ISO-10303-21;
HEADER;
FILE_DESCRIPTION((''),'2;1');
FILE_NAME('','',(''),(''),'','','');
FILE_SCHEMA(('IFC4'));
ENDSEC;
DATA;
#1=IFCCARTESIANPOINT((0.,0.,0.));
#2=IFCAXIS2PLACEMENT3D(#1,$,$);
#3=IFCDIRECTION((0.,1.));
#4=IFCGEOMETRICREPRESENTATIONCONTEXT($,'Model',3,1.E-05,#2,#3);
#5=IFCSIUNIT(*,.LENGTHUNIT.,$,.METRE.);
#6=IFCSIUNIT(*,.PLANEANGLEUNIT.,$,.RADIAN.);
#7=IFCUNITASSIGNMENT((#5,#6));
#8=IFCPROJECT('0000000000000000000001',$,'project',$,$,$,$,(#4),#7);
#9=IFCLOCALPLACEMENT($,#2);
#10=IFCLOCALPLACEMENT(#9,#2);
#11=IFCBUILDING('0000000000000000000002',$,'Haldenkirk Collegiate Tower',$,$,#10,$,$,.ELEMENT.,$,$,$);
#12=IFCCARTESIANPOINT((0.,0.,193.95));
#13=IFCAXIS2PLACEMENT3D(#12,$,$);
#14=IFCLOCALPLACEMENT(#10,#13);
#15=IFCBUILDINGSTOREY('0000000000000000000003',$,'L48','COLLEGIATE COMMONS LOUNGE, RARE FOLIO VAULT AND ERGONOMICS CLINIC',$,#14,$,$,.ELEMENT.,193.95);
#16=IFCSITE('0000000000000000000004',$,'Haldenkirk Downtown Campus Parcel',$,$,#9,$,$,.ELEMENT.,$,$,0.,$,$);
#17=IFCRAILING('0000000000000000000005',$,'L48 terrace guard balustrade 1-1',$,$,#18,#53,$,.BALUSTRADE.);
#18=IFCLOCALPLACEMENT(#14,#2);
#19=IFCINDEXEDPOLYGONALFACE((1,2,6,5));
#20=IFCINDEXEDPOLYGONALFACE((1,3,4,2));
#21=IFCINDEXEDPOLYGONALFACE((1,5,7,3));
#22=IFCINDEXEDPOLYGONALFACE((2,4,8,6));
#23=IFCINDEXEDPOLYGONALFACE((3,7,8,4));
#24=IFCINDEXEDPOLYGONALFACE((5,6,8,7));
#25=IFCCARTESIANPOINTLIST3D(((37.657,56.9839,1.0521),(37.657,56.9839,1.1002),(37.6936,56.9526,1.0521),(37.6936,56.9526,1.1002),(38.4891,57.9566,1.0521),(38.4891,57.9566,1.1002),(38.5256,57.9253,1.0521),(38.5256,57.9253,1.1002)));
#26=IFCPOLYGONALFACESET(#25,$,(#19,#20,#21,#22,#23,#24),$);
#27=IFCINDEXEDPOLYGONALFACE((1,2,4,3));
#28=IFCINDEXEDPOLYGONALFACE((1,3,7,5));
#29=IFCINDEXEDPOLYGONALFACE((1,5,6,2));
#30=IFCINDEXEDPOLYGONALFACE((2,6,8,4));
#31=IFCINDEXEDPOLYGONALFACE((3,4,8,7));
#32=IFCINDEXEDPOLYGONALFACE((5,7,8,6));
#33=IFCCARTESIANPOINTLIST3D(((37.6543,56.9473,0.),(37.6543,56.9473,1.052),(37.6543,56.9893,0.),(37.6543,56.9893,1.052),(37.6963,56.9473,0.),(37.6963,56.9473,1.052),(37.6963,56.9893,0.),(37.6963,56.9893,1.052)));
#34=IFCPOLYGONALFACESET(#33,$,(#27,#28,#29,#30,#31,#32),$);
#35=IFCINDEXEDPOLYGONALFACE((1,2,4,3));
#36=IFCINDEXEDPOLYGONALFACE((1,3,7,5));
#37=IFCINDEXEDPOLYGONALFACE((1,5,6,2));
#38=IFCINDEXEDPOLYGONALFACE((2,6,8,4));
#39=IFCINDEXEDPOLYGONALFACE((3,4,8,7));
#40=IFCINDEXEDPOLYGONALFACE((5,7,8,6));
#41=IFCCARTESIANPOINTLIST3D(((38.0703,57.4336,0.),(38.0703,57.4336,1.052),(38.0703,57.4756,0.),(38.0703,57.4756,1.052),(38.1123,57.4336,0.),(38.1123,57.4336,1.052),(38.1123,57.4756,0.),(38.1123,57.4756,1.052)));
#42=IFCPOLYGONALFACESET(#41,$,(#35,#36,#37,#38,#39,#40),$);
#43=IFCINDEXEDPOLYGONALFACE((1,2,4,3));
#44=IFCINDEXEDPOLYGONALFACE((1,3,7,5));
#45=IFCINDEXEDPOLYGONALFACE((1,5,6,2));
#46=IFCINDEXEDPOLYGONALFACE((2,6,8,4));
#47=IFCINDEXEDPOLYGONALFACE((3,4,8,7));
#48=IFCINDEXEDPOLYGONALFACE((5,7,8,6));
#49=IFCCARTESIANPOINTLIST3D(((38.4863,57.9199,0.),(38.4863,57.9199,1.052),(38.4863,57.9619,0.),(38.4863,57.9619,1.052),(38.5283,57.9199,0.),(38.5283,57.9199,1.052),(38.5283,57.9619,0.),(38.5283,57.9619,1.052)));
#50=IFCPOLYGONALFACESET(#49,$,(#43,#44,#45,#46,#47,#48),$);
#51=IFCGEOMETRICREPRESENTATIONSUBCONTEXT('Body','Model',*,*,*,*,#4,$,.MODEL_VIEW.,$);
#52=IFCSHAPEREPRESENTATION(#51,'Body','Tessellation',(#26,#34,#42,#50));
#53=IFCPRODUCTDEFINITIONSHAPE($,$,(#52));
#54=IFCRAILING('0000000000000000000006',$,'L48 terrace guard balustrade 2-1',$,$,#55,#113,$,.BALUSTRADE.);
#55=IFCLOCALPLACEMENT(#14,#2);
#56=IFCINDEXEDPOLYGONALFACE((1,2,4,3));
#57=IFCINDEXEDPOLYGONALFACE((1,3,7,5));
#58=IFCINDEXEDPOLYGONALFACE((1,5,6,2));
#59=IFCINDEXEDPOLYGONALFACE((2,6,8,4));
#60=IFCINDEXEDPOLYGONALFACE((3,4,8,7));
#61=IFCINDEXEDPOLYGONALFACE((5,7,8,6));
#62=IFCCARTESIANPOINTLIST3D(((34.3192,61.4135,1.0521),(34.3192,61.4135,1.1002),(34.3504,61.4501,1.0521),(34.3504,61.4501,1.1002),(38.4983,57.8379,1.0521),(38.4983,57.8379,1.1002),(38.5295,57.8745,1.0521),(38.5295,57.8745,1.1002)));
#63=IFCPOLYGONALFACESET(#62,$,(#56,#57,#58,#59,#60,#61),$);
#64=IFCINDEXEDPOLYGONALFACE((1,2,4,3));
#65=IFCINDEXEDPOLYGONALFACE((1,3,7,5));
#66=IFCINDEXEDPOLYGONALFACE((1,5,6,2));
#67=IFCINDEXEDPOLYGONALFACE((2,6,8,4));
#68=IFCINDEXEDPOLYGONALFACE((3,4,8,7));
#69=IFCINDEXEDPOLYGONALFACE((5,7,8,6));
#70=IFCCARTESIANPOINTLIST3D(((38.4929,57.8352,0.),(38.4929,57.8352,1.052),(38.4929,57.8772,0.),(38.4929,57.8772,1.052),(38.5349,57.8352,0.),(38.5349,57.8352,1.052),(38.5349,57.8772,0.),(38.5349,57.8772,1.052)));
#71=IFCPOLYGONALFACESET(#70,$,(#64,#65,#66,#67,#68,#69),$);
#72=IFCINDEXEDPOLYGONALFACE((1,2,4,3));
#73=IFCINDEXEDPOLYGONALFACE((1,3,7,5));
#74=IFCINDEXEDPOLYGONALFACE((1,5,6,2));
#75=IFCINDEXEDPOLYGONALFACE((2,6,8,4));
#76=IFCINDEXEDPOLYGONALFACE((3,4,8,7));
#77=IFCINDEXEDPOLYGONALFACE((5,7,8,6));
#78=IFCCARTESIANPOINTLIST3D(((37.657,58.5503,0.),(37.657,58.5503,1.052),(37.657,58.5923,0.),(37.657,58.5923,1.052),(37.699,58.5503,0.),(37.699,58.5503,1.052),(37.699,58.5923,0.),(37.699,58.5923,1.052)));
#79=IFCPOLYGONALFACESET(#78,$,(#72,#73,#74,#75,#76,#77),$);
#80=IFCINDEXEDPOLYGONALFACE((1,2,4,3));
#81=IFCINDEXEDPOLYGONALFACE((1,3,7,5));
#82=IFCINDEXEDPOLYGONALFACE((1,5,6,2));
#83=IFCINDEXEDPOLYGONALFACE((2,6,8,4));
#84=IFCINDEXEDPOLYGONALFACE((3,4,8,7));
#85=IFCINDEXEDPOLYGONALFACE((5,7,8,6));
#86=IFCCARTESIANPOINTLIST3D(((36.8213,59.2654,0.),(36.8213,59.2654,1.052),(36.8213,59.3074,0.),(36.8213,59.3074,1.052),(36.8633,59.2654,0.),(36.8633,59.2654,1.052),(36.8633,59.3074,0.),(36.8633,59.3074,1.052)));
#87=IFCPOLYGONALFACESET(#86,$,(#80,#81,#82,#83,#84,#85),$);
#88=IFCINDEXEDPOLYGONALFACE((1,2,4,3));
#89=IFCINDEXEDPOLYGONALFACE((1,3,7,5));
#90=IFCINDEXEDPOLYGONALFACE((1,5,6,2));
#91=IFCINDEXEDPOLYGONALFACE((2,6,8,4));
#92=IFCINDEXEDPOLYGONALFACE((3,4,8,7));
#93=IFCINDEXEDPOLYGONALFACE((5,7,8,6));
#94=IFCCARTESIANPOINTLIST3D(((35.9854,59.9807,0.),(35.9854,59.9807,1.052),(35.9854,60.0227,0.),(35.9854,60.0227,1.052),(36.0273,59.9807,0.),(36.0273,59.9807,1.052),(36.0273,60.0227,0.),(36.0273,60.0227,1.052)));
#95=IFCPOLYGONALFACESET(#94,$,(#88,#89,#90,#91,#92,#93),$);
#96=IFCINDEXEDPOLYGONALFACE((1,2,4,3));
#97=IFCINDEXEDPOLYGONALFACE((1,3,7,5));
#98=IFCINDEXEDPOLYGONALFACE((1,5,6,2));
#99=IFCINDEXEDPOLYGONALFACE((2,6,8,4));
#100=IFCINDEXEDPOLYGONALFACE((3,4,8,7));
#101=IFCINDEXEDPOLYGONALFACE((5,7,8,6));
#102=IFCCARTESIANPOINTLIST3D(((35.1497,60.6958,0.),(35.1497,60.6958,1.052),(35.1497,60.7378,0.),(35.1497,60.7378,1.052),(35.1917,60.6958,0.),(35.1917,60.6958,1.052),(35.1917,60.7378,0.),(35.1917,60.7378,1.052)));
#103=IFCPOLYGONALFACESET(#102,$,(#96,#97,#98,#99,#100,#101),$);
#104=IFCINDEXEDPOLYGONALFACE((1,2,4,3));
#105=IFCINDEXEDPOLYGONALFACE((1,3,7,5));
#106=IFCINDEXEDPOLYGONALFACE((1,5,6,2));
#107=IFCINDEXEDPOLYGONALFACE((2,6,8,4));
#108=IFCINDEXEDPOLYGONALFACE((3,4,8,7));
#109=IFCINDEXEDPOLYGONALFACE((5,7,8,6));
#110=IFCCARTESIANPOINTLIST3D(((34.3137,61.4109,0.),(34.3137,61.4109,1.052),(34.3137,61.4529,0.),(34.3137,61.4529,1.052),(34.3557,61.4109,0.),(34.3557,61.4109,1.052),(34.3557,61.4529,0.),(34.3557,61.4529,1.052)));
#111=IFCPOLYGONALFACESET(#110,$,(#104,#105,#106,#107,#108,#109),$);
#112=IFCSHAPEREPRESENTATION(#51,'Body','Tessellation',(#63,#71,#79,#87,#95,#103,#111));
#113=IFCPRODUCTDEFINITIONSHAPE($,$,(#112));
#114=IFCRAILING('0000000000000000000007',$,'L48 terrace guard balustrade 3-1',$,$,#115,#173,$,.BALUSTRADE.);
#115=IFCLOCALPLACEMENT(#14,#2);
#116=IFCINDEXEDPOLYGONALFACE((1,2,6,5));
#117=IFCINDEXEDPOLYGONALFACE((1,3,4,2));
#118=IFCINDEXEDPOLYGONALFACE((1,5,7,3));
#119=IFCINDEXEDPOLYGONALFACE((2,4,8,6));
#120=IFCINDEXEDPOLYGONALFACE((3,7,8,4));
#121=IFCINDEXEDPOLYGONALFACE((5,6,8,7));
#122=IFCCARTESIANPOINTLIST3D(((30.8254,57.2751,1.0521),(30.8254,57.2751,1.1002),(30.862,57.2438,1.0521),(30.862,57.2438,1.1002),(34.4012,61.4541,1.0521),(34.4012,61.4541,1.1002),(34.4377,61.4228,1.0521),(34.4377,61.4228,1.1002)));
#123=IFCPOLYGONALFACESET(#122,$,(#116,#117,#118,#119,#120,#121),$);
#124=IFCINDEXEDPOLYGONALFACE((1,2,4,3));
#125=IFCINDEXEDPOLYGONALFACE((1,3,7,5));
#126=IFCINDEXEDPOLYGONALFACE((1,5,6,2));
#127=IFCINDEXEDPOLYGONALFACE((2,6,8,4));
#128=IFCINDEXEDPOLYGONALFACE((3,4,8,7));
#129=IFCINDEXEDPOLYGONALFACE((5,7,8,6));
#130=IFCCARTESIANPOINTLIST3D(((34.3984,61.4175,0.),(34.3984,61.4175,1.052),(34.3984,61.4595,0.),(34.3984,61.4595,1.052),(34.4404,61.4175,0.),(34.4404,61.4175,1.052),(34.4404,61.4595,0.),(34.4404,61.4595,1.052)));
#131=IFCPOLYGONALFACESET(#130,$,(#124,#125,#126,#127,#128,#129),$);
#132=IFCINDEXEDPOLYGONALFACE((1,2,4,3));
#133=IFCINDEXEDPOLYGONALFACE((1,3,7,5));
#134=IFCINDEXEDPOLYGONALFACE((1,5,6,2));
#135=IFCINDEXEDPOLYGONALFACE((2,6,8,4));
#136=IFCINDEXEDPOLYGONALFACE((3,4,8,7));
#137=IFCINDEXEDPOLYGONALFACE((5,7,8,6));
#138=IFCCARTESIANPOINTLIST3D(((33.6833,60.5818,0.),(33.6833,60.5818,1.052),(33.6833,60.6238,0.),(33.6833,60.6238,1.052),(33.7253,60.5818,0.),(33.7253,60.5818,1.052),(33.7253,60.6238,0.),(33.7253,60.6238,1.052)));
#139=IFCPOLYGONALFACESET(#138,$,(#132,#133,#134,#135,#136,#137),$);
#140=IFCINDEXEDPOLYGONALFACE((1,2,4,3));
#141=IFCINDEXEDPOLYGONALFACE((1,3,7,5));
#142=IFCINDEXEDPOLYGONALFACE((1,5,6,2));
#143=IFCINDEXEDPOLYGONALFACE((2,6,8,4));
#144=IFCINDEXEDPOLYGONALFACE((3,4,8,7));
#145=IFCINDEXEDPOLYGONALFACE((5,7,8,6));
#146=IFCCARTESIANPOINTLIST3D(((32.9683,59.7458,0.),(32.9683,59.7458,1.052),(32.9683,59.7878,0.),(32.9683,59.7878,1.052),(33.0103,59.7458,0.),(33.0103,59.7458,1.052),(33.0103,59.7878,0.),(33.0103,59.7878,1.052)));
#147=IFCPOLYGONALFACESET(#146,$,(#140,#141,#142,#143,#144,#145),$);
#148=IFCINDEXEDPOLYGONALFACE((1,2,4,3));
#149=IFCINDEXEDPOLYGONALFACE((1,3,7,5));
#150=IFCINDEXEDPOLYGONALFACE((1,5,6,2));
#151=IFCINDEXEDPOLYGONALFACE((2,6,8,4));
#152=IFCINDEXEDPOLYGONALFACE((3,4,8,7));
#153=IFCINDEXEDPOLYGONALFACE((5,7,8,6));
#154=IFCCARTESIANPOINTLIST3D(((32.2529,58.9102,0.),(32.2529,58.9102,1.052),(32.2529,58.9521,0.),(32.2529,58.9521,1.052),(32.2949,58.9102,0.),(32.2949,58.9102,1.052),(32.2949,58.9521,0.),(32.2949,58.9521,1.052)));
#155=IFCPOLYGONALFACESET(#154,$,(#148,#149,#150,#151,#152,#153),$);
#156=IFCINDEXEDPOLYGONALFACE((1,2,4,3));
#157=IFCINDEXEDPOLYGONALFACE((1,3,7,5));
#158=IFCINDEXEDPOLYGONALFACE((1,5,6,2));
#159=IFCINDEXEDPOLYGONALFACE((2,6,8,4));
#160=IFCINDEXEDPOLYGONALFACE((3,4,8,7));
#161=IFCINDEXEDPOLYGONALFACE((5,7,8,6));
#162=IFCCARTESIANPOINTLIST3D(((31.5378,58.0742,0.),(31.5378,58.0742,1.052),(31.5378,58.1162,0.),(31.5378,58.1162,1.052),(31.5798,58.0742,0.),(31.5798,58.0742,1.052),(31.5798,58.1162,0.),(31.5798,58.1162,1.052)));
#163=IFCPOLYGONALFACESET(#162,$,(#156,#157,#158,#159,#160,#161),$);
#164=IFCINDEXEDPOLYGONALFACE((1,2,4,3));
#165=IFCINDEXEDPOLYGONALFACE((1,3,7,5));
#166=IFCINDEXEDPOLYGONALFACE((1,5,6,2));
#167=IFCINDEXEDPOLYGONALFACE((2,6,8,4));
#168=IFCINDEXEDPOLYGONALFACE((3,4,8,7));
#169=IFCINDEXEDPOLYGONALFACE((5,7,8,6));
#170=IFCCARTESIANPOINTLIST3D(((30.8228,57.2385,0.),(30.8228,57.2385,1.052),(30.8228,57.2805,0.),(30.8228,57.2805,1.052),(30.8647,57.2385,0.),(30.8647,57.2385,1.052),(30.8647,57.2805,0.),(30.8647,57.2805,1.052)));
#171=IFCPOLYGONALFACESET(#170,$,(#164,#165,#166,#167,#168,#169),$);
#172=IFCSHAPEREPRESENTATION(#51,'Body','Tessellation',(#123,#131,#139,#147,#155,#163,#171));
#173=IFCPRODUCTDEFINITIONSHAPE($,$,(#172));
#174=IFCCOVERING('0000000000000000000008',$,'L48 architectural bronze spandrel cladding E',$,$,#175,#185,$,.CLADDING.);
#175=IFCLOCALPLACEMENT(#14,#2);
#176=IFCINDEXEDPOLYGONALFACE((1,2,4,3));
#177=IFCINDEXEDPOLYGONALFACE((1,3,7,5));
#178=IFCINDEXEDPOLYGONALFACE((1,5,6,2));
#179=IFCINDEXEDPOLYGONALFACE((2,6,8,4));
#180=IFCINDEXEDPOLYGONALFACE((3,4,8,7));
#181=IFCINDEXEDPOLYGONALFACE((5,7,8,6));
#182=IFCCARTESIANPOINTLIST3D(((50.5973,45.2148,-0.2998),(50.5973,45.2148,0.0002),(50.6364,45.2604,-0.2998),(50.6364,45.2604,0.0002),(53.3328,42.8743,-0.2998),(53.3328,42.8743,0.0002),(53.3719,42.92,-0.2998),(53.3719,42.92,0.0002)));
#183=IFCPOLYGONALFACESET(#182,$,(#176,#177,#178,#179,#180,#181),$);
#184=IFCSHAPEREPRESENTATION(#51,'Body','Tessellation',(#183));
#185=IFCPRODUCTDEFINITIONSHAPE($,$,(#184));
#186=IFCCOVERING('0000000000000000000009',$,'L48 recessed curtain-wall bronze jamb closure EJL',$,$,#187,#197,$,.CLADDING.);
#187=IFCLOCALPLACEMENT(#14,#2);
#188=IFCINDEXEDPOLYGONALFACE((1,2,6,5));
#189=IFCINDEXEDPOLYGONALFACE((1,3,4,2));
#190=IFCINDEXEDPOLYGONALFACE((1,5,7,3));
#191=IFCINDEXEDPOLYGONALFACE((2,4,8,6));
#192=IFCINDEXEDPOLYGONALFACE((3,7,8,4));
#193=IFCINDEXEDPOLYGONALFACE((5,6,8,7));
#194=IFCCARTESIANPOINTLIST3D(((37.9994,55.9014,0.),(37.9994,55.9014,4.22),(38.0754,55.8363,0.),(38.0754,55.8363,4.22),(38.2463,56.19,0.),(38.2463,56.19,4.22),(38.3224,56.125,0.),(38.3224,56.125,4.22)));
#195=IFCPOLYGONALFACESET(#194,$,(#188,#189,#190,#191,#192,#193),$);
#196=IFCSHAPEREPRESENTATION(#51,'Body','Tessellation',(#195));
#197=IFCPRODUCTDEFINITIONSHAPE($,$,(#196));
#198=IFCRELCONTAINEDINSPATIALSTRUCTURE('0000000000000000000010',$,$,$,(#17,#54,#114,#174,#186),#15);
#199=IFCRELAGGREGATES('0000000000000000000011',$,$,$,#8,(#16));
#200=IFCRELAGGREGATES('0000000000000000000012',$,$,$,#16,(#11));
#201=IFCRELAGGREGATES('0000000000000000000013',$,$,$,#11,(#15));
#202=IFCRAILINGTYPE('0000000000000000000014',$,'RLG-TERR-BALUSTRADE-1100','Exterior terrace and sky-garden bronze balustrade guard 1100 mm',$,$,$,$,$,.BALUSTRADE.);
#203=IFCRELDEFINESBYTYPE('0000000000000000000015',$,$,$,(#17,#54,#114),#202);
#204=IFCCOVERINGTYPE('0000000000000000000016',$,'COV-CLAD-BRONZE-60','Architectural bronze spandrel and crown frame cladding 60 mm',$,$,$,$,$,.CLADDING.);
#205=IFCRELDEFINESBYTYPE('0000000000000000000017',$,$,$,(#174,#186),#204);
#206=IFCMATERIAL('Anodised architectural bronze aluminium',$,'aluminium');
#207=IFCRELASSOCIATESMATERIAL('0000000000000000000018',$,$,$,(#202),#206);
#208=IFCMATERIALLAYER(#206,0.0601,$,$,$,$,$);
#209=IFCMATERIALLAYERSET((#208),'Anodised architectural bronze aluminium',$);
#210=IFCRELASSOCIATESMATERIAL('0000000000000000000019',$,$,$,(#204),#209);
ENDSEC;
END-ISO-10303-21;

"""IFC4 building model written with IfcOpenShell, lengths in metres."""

from ifc_helpers import new_model, si_unit, direction, frame, origin, origin_2d, place, context, subcontext, project, spatial, rectangle, extrude, source, transform, mapped, material, layer, layer_set, type_object, element, save


model = new_model("IFC4")

# Units and contexts
model_context = context("Model", 3, precision=1e-05, world=origin(), true_north=direction((0.0, 1.0)))
body_context = subcontext(model_context, "Body", "Model", "MODEL_VIEW")
ifc_project = project(units=[si_unit("LENGTHUNIT", "METRE"), si_unit("PLANEANGLEUNIT", "RADIAN")], contexts=[model_context])

# Site, building, storey
site_placement = place(None, origin())
site = spatial("IfcSite", under=ifc_project, at=site_placement, Name="Haldenkirk Downtown Campus Parcel", CompositionType="ELEMENT", RefElevation=0.0)
building_placement = place(site_placement, origin())
building = spatial("IfcBuilding", under=site, at=building_placement, Name="Haldenkirk Collegiate Tower", CompositionType="ELEMENT")
storey_placement = place(building_placement, frame((0.0, 0.0, 193.95)))
storey = spatial("IfcBuildingStorey", under=building, at=storey_placement, Name="L48", Description="COLLEGIATE COMMONS LOUNGE, RARE FOLIO VAULT AND ERGONOMICS CLINIC", CompositionType="ELEMENT", Elevation=193.95)

# Shared definitions
ifc_material_1 = material(Name="Anodised architectural bronze aluminium", Category="aluminium")

# Railings
railing_type = type_object("IfcRailingType", Name="RLG-TERR-BALUSTRADE-1100", Description="Exterior terrace and sky-garden bronze balustrade guard 1100 mm", PredefinedType="BALUSTRADE", material=ifc_material_1)
railing_1_placement = place(storey_placement, frame((37.6753, 56.9683, 0.0)))
element("IfcRailing", 1, at=railing_1_placement, inside=storey, type_object=railing_type, Name="L48 terrace guard balustrade 1-1", PredefinedType="BALUSTRADE", context=body_context, shape_type="SweptSolid", body=[
    extrude(rectangle(XDim=0.0481, YDim=0.0481, at=origin_2d()), frame((0.0, 0.0, 1.0762), z_axis=(0.650037, 0.759902, 0.0), x_axis=(-0.759902, 0.650037, 0.0)), (0.0, 0.0, 1.0), 1.28),
    extrude(rectangle(XDim=0.042, YDim=0.042, at=origin_2d()), origin(), (0.0, 0.0, 1.0), 1.052),
    extrude(rectangle(XDim=0.042, YDim=0.042, at=origin_2d()), frame((0.416, 0.4863, 0.0)), (0.0, 0.0, 1.0), 1.052),
    extrude(rectangle(XDim=0.042, YDim=0.042, at=origin_2d()), frame((0.832, 0.9727, 0.0)), (0.0, 0.0, 1.0), 1.052),
])
railing_2_placement = place(storey_placement, frame((38.5139, 57.8562, 0.0)))
element("IfcRailing", 2, at=railing_2_placement, inside=storey, type_object=railing_type, Name="L48 terrace guard balustrade 2-1", PredefinedType="BALUSTRADE", context=body_context, shape_type="SweptSolid", body=[
    extrude(rectangle(XDim=0.0481, YDim=0.0481, at=origin_2d()), frame((0.0, 0.0, 1.0762), z_axis=(-0.759839, 0.650111, 0.0), x_axis=(-0.650111, -0.759839, 0.0)), (0.0, 0.0, 1.0), 5.5),
    extrude(rectangle(XDim=0.042, YDim=0.042, at=origin_2d()), origin(), (0.0, 0.0, 1.0), 1.052),
    extrude(rectangle(XDim=0.042, YDim=0.042, at=origin_2d()), frame((-0.8359, 0.7151, 0.0)), (0.0, 0.0, 1.0), 1.052),
    extrude(rectangle(XDim=0.042, YDim=0.042, at=origin_2d()), frame((-1.6716, 1.4302, 0.0)), (0.0, 0.0, 1.0), 1.052),
    extrude(rectangle(XDim=0.042, YDim=0.042, at=origin_2d()), frame((-2.5076, 2.1455, 0.0)), (0.0, 0.0, 1.0), 1.052),
    extrude(rectangle(XDim=0.042, YDim=0.042, at=origin_2d()), frame((-3.3433, 2.8606, 0.0)), (0.0, 0.0, 1.0), 1.052),
    extrude(rectangle(XDim=0.042, YDim=0.042, at=origin_2d()), frame((-4.1792, 3.5757, 0.0)), (0.0, 0.0, 1.0), 1.052),
])
railing_3_placement = place(storey_placement, frame((34.4194, 61.4385, 0.0)))
element("IfcRailing", 3, at=railing_3_placement, inside=storey, type_object=railing_type, Name="L48 terrace guard balustrade 3-1", PredefinedType="BALUSTRADE", context=body_context, shape_type="SweptSolid", body=[
    extrude(rectangle(XDim=0.0481, YDim=0.0481, at=origin_2d()), frame((0.0, 0.0, 1.0762), z_axis=(-0.650133, -0.75982, 0.0), x_axis=(0.75982, -0.650133, 0.0)), (0.0, 0.0, 1.0), 5.5),
    extrude(rectangle(XDim=0.042, YDim=0.042, at=origin_2d()), origin(), (0.0, 0.0, 1.0), 1.052),
    extrude(rectangle(XDim=0.042, YDim=0.042, at=origin_2d()), frame((-0.7151, -0.8357, 0.0)), (0.0, 0.0, 1.0), 1.052),
    extrude(rectangle(XDim=0.042, YDim=0.042, at=origin_2d()), frame((-1.4302, -1.6716, 0.0)), (0.0, 0.0, 1.0), 1.052),
    extrude(rectangle(XDim=0.042, YDim=0.042, at=origin_2d()), frame((-2.1455, -2.5073, 0.0)), (0.0, 0.0, 1.0), 1.052),
    extrude(rectangle(XDim=0.042, YDim=0.042, at=origin_2d()), frame((-2.8606, -3.3433, 0.0)), (0.0, 0.0, 1.0), 1.052),
    extrude(rectangle(XDim=0.042, YDim=0.042, at=origin_2d()), frame((-3.5757, -4.179, 0.0)), (0.0, 0.0, 1.0), 1.052),
])

# Coverings
ifc_layer_1 = layer(ifc_material_1, 0.0601)
ifc_layer_set_1 = layer_set([ifc_layer_1], Name="Anodised architectural bronze aluminium")
covering_type = type_object("IfcCoveringType", Name="COV-CLAD-BRONZE-60", Description="Architectural bronze spandrel and crown frame cladding 60 mm", PredefinedType="CLADDING", material=ifc_layer_set_1)
shared_shape_1 = source(origin(), body_context, "Body", "SweptSolid", [
    extrude(rectangle(XDim=3.6001, YDim=0.0601, at=origin_2d()), origin(), (0.0, 0.0, 1.0), 0.3),
])
covering_1_placement = place(storey_placement, frame((51.9846, 44.0674, -0.2998), z_axis=(0.0, 0.0, 1.0), x_axis=(0.759839, -0.650111, 0.0)))
element("IfcCovering", 4, at=covering_1_placement, inside=storey, type_object=covering_type, Name="L48 architectural bronze spandrel cladding E", PredefinedType="CLADDING", context=body_context, shape_type="MappedRepresentation", body=[
    mapped(shared_shape_1, transform((0.0, 0.0, 0.0), x_axis=(1.0, 0.0, 0.0), y_axis=(0.0, 1.0, 0.0), z_axis=(0.0, 0.0, 1.0), scale=1.0)),
])
shared_shape_2 = source(origin(), body_context, "Body", "SweptSolid", [
    extrude(rectangle(XDim=0.1001, YDim=0.3799, at=origin_2d()), origin(), (0.0, 0.0, 1.0), 4.22),
])
covering_2_placement = place(storey_placement, frame((38.1609, 56.0132, 0.0), z_axis=(0.0, 0.0, 1.0), x_axis=(0.759839, -0.650111, 0.0)))
element("IfcCovering", 5, at=covering_2_placement, inside=storey, type_object=covering_type, Name="L48 recessed curtain-wall bronze jamb closure EJL", PredefinedType="CLADDING", context=body_context, shape_type="MappedRepresentation", body=[
    mapped(shared_shape_2, transform((0.0, 0.0, 0.0), x_axis=(1.0, 0.0, 0.0), y_axis=(0.0, 1.0, 0.0), z_axis=(0.0, 0.0, 1.0), scale=1.0)),
])

save(model, "model.ifc")
